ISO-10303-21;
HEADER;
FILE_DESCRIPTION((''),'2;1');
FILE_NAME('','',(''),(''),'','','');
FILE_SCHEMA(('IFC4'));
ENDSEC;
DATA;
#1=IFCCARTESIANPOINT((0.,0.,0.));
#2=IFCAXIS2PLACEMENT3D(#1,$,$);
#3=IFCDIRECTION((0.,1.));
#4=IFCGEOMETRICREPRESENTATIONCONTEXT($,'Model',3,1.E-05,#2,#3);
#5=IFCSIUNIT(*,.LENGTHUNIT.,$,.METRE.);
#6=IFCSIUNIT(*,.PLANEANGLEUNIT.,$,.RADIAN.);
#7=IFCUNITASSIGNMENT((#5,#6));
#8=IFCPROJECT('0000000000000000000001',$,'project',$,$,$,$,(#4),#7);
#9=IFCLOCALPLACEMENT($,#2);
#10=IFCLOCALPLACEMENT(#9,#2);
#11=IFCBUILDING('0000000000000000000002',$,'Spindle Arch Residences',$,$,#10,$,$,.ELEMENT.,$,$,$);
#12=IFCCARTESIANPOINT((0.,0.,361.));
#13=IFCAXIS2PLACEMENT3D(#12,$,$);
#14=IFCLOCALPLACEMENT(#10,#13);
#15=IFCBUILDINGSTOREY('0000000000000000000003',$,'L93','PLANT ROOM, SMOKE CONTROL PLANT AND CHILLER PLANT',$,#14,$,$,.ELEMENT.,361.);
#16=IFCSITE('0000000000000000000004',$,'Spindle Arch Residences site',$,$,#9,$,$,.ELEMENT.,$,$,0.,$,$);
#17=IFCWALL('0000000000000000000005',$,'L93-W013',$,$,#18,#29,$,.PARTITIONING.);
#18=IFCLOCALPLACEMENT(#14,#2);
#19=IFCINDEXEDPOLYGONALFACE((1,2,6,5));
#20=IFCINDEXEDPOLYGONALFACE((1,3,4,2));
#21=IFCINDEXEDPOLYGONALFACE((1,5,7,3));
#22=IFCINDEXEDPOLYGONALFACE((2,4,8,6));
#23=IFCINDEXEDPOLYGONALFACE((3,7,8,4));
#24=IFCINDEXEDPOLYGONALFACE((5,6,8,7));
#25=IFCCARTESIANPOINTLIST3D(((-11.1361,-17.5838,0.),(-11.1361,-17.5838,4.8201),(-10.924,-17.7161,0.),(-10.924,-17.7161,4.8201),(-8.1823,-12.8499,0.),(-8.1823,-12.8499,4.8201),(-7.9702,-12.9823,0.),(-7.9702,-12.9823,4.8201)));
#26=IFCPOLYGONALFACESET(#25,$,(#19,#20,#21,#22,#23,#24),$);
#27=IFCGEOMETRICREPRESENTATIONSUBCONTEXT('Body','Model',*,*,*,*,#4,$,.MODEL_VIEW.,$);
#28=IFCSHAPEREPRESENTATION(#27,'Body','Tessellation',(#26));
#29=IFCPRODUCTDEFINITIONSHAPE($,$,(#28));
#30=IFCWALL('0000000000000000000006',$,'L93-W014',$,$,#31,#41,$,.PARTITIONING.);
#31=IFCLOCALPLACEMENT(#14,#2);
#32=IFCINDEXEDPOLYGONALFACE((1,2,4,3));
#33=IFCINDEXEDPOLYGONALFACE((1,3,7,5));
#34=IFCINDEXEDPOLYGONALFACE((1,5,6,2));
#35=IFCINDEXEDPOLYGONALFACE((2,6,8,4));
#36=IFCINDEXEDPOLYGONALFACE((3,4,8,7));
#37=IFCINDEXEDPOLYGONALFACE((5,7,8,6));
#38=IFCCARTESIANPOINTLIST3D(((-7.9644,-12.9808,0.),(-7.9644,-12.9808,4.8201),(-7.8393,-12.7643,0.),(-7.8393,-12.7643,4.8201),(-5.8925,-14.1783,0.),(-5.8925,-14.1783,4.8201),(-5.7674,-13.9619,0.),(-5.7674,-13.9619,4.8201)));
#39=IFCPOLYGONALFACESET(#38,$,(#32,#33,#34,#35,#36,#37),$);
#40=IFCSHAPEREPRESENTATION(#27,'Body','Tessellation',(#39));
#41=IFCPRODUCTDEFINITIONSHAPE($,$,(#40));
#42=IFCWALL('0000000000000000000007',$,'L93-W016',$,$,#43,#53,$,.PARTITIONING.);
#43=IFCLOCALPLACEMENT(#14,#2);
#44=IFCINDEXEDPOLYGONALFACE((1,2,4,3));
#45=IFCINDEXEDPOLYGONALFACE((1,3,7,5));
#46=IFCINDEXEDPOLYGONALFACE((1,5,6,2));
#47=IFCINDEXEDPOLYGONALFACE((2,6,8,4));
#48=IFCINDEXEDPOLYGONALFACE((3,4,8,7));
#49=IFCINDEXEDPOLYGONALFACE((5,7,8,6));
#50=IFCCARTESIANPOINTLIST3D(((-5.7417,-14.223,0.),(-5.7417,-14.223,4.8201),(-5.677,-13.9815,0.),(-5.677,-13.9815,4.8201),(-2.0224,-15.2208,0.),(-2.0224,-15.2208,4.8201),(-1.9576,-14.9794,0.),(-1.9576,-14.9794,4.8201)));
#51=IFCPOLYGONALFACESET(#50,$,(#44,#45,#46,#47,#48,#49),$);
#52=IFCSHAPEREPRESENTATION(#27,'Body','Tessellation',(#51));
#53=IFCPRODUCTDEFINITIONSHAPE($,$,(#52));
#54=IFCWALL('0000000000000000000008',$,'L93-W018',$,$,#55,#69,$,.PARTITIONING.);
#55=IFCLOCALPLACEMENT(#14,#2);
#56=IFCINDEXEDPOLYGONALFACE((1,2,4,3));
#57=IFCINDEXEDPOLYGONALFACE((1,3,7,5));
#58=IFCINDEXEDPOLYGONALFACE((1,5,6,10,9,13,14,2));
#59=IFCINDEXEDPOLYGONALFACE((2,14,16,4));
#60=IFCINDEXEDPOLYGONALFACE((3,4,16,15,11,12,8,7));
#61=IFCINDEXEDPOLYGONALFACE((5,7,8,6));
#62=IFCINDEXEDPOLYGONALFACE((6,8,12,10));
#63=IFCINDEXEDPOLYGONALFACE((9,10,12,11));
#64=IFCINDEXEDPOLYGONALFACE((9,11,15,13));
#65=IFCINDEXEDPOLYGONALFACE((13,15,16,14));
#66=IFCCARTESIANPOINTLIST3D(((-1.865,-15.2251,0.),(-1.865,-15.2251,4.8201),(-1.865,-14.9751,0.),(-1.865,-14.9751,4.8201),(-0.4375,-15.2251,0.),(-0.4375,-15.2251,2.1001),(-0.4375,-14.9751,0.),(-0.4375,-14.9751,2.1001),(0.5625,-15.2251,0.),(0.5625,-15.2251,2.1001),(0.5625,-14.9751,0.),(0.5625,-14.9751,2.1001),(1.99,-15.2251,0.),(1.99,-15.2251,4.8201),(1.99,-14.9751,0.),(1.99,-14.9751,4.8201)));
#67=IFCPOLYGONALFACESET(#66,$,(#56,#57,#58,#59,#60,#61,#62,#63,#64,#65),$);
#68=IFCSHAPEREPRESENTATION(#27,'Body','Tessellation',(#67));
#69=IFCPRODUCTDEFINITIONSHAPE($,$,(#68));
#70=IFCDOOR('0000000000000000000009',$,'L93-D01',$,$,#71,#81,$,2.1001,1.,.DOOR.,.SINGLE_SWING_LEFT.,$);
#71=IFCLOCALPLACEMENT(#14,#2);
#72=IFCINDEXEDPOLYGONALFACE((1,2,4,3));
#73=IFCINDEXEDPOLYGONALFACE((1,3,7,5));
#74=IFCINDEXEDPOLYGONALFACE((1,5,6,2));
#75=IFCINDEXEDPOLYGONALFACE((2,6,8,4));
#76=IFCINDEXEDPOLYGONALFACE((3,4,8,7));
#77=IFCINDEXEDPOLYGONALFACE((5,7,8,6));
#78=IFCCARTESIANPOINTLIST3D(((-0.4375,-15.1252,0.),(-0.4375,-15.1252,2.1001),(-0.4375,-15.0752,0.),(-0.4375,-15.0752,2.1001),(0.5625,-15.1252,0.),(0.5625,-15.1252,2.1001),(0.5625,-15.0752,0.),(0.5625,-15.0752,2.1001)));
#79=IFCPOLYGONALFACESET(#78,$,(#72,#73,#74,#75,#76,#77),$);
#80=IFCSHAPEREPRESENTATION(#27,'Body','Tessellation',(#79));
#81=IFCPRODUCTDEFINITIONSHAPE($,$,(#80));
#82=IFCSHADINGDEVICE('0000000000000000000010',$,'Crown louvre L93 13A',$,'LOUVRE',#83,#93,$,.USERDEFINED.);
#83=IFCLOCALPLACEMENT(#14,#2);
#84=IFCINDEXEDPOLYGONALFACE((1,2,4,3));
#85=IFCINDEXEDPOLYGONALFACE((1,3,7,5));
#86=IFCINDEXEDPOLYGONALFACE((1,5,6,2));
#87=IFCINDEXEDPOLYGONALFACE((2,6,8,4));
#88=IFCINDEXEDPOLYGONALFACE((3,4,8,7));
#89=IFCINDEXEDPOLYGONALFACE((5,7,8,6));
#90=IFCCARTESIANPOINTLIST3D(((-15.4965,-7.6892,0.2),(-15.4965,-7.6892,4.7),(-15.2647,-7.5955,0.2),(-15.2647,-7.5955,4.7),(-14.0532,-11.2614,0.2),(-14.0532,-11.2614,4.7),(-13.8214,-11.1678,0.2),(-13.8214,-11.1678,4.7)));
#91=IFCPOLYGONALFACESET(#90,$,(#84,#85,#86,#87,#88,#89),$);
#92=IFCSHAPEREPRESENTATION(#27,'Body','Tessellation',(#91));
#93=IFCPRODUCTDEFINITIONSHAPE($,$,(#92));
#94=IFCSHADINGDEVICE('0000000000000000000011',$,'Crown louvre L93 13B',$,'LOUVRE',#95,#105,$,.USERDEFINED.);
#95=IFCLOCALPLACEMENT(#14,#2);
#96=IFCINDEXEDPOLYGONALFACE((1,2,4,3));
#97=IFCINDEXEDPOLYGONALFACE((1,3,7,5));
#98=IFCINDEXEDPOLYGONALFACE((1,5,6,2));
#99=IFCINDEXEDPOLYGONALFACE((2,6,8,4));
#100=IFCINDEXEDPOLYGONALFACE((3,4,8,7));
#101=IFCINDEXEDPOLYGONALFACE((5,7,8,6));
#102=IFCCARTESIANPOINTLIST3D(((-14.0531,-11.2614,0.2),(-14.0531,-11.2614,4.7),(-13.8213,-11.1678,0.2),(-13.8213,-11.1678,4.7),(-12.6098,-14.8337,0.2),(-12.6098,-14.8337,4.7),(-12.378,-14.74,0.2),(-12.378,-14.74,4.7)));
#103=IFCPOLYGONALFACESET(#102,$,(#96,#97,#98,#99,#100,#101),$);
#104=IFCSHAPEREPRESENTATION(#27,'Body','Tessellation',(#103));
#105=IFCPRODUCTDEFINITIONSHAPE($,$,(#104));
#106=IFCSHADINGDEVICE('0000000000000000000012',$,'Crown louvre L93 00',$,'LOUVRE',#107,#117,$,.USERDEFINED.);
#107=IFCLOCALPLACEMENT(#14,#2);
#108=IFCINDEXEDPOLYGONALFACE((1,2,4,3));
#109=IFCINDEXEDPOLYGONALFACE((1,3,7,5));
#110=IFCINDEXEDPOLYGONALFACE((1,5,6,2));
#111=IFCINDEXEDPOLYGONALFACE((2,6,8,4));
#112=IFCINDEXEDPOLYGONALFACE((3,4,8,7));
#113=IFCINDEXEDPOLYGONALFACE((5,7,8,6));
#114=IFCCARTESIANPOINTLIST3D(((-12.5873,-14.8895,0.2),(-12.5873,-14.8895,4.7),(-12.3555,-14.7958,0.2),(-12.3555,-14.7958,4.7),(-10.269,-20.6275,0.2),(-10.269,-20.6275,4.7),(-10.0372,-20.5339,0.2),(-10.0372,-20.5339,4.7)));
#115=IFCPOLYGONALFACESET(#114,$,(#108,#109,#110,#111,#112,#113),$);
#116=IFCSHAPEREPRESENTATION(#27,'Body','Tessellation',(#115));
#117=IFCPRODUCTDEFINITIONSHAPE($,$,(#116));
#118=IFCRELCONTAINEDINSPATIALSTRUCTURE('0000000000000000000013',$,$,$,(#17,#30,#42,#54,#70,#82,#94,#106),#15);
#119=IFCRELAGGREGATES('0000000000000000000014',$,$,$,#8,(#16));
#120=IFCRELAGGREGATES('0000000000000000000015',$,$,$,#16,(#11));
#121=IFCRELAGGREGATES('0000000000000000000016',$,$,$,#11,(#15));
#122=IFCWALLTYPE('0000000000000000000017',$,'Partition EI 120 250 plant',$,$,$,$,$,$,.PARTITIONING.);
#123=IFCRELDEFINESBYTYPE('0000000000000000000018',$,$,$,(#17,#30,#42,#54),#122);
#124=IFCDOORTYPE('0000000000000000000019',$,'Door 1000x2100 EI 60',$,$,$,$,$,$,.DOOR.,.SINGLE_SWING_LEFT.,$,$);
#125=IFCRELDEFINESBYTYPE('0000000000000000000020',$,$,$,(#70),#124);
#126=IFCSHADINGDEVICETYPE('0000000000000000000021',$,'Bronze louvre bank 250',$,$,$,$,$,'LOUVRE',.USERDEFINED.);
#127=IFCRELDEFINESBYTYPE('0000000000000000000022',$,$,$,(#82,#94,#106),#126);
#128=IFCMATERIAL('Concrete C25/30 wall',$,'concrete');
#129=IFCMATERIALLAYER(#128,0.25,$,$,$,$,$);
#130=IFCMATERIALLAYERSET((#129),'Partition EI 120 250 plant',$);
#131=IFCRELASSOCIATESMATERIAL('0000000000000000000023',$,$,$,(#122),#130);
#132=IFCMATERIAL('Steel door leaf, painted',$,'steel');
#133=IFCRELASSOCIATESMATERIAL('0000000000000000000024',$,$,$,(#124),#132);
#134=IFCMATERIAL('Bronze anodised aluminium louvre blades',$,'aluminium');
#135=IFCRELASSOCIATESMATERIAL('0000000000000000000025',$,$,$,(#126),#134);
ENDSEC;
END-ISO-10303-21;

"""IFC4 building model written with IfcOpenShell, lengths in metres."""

from ifc_helpers import new_model, si_unit, direction, frame, frame_2d, origin, origin_2d, place, context, subcontext, project, spatial, rectangle, extrude, material, layer, layer_set, type_object, element, fill, save


model = new_model("IFC4")

# Units and contexts
model_context = context("Model", 3, precision=1e-05, world=origin(), true_north=direction((0.0, 1.0)))
body_context = subcontext(model_context, "Body", "Model", "MODEL_VIEW")
ifc_project = project(units=[si_unit("LENGTHUNIT", "METRE"), si_unit("PLANEANGLEUNIT", "RADIAN")], contexts=[model_context])

# Site, building, storey
site_placement = place(None, origin())
site = spatial("IfcSite", under=ifc_project, at=site_placement, Name="Spindle Arch Residences site", CompositionType="ELEMENT", RefElevation=0.0)
building_placement = place(site_placement, origin())
building = spatial("IfcBuilding", under=site, at=building_placement, Name="Spindle Arch Residences", CompositionType="ELEMENT")
storey_placement = place(building_placement, frame((0.0, 0.0, 361.0)))
storey = spatial("IfcBuildingStorey", under=building, at=storey_placement, Name="L93", Description="PLANT ROOM, SMOKE CONTROL PLANT AND CHILLER PLANT", CompositionType="ELEMENT", Elevation=361.0)

# Walls
ifc_material_1 = material(Name="Concrete C25/30 wall", Category="concrete")
ifc_layer_1 = layer(ifc_material_1, 0.25)
ifc_layer_set_1 = layer_set([ifc_layer_1], Name="Partition EI 120 250 plant")
wall_type_1 = type_object("IfcWallType", Name="Partition EI 120 250 plant", PredefinedType="PARTITIONING", material=ifc_layer_set_1)
wall_1_placement = place(storey_placement, frame((-8.0762, -12.916, 0.0), z_axis=(0.0, 0.0, 1.0), x_axis=(-0.529377, -0.848386, 0.0)))
element("IfcWall", 1, at=wall_1_placement, inside=storey, type_object=wall_type_1, Name="L93-W013", PredefinedType="PARTITIONING", context=body_context, shape_type="SweptSolid", body=[
    extrude(rectangle(XDim=5.5798, YDim=0.25, at=frame_2d((2.79, 0.0))), origin(), (0.0, 0.0, 1.0), 4.8201),
])
wall_2_placement = place(storey_placement, frame((-7.9019, -12.8726, 0.0), z_axis=(0.0, 0.0, 1.0), x_axis=(0.865778, -0.500429, 0.0)))
element("IfcWall", 2, at=wall_2_placement, inside=storey, type_object=wall_type_1, Name="L93-W014", PredefinedType="PARTITIONING", context=body_context, shape_type="SweptSolid", body=[
    extrude(rectangle(XDim=2.3931, YDim=0.25, at=frame_2d((1.1965, 0.0))), origin(), (0.0, 0.0, 1.0), 4.8201),
])
wall_3_placement = place(storey_placement, frame((-5.7092, -14.1023, 0.0), z_axis=(0.0, 0.0, 1.0), x_axis=(0.965846, -0.259118, 0.0)))
element("IfcWall", 3, at=wall_3_placement, inside=storey, type_object=wall_type_1, Name="L93-W016", PredefinedType="PARTITIONING", context=body_context, shape_type="SweptSolid", body=[
    extrude(rectangle(XDim=3.8508, YDim=0.25, at=frame_2d((1.9253, 0.0))), origin(), (0.0, 0.0, 1.0), 4.8201),
])

# Wall, opening, door
wall_4_placement = place(storey_placement, frame((-1.865, -15.1001, 0.0), z_axis=(0.0, 0.0, 1.0), x_axis=(1.0, 0.0, 0.0)))
wall_4 = element("IfcWall", 4, at=wall_4_placement, inside=storey, type_object=wall_type_1, Name="L93-W018", PredefinedType="PARTITIONING", context=body_context, shape_type="SweptSolid", body=[
    extrude(rectangle(XDim=3.855, YDim=0.25, at=frame_2d((1.9275, 0.0))), origin(), (0.0, 0.0, 1.0), 4.8201),
])
opening_1_placement = place(wall_4_placement, frame((1.4275, 0.0, 0.0)))
opening_1 = element("IfcOpeningElement", 5, at=opening_1_placement, cuts=wall_4, PredefinedType="OPENING", context=body_context, shape_type="SweptSolid", body=[
    extrude(rectangle(XDim=1.0, YDim=2.1001, at=frame_2d((0.5, 1.05))), frame((0.0, 0.135, 0.0), z_axis=(0.0, -1.0, 0.0), x_axis=(1.0, 0.0, 0.0)), (0.0, 0.0, 1.0), 0.27),
])
ifc_material_2 = material(Name="Steel door leaf, painted", Category="steel")
door_type_1 = type_object("IfcDoorType", Name="Door 1000x2100 EI 60", OperationType="SINGLE_SWING_LEFT", PredefinedType="DOOR", material=ifc_material_2)
door_1_placement = place(opening_1_placement, origin())
door_1 = element("IfcDoor", 6, at=door_1_placement, inside=storey, type_object=door_type_1, Name="L93-D01", OperationType="SINGLE_SWING_LEFT", OverallHeight=2.1001, OverallWidth=1.0, PredefinedType="DOOR", context=body_context, shape_type="SweptSolid", body=[
    extrude(rectangle(XDim=1.0, YDim=2.1001, at=frame_2d((0.5, 1.05))), frame((0.0, 0.0249, 0.0), z_axis=(0.0, -1.0, 0.0), x_axis=(1.0, 0.0, 0.0)), (0.0, 0.0, 1.0), 0.05),
])
fill(opening_1, door_1)

# Shading devices
ifc_material_3 = material(Name="Bronze anodised aluminium louvre blades", Category="aluminium")
shading_device_type = type_object("IfcShadingDeviceType", Name="Bronze louvre bank 250", ElementType="LOUVRE", PredefinedType="USERDEFINED", material=ifc_material_3)
for number, where, z_axis, x_axis, name in (
    (7, (-14.6589, -9.4285, 0.2), (0.0, 0.0, 1.0), (0.374607, -0.927184, 0.0), "Crown louvre L93 13A"),
    (8, (-13.2156, -13.0007, 0.2), (0.0, 0.0, 1.0), (0.374607, -0.927184, 0.0), "Crown louvre L93 13B"),
):
    element("IfcShadingDevice", number, at=place(storey_placement, frame(where, z_axis=z_axis, x_axis=x_axis)), inside=storey, type_object=shading_device_type, Name=name, ObjectType="LOUVRE", PredefinedType="USERDEFINED", context=body_context, shape_type="SweptSolid", body=[
        extrude(rectangle(XDim=3.8528, YDim=0.25, at=origin_2d()), origin(), (0.0, 0.0, 1.0), 4.5),
    ])
shading_device_placement = place(storey_placement, frame((-11.3123, -17.7117, 0.2), z_axis=(0.0, 0.0, 1.0), x_axis=(0.374607, -0.927184, 0.0)))
element("IfcShadingDevice", 9, at=shading_device_placement, inside=storey, type_object=shading_device_type, Name="Crown louvre L93 00", ObjectType="LOUVRE", PredefinedType="USERDEFINED", context=body_context, shape_type="SweptSolid", body=[
    extrude(rectangle(XDim=6.1887, YDim=0.25, at=origin_2d()), origin(), (0.0, 0.0, 1.0), 4.5),
])

save(model, "model.ifc")
